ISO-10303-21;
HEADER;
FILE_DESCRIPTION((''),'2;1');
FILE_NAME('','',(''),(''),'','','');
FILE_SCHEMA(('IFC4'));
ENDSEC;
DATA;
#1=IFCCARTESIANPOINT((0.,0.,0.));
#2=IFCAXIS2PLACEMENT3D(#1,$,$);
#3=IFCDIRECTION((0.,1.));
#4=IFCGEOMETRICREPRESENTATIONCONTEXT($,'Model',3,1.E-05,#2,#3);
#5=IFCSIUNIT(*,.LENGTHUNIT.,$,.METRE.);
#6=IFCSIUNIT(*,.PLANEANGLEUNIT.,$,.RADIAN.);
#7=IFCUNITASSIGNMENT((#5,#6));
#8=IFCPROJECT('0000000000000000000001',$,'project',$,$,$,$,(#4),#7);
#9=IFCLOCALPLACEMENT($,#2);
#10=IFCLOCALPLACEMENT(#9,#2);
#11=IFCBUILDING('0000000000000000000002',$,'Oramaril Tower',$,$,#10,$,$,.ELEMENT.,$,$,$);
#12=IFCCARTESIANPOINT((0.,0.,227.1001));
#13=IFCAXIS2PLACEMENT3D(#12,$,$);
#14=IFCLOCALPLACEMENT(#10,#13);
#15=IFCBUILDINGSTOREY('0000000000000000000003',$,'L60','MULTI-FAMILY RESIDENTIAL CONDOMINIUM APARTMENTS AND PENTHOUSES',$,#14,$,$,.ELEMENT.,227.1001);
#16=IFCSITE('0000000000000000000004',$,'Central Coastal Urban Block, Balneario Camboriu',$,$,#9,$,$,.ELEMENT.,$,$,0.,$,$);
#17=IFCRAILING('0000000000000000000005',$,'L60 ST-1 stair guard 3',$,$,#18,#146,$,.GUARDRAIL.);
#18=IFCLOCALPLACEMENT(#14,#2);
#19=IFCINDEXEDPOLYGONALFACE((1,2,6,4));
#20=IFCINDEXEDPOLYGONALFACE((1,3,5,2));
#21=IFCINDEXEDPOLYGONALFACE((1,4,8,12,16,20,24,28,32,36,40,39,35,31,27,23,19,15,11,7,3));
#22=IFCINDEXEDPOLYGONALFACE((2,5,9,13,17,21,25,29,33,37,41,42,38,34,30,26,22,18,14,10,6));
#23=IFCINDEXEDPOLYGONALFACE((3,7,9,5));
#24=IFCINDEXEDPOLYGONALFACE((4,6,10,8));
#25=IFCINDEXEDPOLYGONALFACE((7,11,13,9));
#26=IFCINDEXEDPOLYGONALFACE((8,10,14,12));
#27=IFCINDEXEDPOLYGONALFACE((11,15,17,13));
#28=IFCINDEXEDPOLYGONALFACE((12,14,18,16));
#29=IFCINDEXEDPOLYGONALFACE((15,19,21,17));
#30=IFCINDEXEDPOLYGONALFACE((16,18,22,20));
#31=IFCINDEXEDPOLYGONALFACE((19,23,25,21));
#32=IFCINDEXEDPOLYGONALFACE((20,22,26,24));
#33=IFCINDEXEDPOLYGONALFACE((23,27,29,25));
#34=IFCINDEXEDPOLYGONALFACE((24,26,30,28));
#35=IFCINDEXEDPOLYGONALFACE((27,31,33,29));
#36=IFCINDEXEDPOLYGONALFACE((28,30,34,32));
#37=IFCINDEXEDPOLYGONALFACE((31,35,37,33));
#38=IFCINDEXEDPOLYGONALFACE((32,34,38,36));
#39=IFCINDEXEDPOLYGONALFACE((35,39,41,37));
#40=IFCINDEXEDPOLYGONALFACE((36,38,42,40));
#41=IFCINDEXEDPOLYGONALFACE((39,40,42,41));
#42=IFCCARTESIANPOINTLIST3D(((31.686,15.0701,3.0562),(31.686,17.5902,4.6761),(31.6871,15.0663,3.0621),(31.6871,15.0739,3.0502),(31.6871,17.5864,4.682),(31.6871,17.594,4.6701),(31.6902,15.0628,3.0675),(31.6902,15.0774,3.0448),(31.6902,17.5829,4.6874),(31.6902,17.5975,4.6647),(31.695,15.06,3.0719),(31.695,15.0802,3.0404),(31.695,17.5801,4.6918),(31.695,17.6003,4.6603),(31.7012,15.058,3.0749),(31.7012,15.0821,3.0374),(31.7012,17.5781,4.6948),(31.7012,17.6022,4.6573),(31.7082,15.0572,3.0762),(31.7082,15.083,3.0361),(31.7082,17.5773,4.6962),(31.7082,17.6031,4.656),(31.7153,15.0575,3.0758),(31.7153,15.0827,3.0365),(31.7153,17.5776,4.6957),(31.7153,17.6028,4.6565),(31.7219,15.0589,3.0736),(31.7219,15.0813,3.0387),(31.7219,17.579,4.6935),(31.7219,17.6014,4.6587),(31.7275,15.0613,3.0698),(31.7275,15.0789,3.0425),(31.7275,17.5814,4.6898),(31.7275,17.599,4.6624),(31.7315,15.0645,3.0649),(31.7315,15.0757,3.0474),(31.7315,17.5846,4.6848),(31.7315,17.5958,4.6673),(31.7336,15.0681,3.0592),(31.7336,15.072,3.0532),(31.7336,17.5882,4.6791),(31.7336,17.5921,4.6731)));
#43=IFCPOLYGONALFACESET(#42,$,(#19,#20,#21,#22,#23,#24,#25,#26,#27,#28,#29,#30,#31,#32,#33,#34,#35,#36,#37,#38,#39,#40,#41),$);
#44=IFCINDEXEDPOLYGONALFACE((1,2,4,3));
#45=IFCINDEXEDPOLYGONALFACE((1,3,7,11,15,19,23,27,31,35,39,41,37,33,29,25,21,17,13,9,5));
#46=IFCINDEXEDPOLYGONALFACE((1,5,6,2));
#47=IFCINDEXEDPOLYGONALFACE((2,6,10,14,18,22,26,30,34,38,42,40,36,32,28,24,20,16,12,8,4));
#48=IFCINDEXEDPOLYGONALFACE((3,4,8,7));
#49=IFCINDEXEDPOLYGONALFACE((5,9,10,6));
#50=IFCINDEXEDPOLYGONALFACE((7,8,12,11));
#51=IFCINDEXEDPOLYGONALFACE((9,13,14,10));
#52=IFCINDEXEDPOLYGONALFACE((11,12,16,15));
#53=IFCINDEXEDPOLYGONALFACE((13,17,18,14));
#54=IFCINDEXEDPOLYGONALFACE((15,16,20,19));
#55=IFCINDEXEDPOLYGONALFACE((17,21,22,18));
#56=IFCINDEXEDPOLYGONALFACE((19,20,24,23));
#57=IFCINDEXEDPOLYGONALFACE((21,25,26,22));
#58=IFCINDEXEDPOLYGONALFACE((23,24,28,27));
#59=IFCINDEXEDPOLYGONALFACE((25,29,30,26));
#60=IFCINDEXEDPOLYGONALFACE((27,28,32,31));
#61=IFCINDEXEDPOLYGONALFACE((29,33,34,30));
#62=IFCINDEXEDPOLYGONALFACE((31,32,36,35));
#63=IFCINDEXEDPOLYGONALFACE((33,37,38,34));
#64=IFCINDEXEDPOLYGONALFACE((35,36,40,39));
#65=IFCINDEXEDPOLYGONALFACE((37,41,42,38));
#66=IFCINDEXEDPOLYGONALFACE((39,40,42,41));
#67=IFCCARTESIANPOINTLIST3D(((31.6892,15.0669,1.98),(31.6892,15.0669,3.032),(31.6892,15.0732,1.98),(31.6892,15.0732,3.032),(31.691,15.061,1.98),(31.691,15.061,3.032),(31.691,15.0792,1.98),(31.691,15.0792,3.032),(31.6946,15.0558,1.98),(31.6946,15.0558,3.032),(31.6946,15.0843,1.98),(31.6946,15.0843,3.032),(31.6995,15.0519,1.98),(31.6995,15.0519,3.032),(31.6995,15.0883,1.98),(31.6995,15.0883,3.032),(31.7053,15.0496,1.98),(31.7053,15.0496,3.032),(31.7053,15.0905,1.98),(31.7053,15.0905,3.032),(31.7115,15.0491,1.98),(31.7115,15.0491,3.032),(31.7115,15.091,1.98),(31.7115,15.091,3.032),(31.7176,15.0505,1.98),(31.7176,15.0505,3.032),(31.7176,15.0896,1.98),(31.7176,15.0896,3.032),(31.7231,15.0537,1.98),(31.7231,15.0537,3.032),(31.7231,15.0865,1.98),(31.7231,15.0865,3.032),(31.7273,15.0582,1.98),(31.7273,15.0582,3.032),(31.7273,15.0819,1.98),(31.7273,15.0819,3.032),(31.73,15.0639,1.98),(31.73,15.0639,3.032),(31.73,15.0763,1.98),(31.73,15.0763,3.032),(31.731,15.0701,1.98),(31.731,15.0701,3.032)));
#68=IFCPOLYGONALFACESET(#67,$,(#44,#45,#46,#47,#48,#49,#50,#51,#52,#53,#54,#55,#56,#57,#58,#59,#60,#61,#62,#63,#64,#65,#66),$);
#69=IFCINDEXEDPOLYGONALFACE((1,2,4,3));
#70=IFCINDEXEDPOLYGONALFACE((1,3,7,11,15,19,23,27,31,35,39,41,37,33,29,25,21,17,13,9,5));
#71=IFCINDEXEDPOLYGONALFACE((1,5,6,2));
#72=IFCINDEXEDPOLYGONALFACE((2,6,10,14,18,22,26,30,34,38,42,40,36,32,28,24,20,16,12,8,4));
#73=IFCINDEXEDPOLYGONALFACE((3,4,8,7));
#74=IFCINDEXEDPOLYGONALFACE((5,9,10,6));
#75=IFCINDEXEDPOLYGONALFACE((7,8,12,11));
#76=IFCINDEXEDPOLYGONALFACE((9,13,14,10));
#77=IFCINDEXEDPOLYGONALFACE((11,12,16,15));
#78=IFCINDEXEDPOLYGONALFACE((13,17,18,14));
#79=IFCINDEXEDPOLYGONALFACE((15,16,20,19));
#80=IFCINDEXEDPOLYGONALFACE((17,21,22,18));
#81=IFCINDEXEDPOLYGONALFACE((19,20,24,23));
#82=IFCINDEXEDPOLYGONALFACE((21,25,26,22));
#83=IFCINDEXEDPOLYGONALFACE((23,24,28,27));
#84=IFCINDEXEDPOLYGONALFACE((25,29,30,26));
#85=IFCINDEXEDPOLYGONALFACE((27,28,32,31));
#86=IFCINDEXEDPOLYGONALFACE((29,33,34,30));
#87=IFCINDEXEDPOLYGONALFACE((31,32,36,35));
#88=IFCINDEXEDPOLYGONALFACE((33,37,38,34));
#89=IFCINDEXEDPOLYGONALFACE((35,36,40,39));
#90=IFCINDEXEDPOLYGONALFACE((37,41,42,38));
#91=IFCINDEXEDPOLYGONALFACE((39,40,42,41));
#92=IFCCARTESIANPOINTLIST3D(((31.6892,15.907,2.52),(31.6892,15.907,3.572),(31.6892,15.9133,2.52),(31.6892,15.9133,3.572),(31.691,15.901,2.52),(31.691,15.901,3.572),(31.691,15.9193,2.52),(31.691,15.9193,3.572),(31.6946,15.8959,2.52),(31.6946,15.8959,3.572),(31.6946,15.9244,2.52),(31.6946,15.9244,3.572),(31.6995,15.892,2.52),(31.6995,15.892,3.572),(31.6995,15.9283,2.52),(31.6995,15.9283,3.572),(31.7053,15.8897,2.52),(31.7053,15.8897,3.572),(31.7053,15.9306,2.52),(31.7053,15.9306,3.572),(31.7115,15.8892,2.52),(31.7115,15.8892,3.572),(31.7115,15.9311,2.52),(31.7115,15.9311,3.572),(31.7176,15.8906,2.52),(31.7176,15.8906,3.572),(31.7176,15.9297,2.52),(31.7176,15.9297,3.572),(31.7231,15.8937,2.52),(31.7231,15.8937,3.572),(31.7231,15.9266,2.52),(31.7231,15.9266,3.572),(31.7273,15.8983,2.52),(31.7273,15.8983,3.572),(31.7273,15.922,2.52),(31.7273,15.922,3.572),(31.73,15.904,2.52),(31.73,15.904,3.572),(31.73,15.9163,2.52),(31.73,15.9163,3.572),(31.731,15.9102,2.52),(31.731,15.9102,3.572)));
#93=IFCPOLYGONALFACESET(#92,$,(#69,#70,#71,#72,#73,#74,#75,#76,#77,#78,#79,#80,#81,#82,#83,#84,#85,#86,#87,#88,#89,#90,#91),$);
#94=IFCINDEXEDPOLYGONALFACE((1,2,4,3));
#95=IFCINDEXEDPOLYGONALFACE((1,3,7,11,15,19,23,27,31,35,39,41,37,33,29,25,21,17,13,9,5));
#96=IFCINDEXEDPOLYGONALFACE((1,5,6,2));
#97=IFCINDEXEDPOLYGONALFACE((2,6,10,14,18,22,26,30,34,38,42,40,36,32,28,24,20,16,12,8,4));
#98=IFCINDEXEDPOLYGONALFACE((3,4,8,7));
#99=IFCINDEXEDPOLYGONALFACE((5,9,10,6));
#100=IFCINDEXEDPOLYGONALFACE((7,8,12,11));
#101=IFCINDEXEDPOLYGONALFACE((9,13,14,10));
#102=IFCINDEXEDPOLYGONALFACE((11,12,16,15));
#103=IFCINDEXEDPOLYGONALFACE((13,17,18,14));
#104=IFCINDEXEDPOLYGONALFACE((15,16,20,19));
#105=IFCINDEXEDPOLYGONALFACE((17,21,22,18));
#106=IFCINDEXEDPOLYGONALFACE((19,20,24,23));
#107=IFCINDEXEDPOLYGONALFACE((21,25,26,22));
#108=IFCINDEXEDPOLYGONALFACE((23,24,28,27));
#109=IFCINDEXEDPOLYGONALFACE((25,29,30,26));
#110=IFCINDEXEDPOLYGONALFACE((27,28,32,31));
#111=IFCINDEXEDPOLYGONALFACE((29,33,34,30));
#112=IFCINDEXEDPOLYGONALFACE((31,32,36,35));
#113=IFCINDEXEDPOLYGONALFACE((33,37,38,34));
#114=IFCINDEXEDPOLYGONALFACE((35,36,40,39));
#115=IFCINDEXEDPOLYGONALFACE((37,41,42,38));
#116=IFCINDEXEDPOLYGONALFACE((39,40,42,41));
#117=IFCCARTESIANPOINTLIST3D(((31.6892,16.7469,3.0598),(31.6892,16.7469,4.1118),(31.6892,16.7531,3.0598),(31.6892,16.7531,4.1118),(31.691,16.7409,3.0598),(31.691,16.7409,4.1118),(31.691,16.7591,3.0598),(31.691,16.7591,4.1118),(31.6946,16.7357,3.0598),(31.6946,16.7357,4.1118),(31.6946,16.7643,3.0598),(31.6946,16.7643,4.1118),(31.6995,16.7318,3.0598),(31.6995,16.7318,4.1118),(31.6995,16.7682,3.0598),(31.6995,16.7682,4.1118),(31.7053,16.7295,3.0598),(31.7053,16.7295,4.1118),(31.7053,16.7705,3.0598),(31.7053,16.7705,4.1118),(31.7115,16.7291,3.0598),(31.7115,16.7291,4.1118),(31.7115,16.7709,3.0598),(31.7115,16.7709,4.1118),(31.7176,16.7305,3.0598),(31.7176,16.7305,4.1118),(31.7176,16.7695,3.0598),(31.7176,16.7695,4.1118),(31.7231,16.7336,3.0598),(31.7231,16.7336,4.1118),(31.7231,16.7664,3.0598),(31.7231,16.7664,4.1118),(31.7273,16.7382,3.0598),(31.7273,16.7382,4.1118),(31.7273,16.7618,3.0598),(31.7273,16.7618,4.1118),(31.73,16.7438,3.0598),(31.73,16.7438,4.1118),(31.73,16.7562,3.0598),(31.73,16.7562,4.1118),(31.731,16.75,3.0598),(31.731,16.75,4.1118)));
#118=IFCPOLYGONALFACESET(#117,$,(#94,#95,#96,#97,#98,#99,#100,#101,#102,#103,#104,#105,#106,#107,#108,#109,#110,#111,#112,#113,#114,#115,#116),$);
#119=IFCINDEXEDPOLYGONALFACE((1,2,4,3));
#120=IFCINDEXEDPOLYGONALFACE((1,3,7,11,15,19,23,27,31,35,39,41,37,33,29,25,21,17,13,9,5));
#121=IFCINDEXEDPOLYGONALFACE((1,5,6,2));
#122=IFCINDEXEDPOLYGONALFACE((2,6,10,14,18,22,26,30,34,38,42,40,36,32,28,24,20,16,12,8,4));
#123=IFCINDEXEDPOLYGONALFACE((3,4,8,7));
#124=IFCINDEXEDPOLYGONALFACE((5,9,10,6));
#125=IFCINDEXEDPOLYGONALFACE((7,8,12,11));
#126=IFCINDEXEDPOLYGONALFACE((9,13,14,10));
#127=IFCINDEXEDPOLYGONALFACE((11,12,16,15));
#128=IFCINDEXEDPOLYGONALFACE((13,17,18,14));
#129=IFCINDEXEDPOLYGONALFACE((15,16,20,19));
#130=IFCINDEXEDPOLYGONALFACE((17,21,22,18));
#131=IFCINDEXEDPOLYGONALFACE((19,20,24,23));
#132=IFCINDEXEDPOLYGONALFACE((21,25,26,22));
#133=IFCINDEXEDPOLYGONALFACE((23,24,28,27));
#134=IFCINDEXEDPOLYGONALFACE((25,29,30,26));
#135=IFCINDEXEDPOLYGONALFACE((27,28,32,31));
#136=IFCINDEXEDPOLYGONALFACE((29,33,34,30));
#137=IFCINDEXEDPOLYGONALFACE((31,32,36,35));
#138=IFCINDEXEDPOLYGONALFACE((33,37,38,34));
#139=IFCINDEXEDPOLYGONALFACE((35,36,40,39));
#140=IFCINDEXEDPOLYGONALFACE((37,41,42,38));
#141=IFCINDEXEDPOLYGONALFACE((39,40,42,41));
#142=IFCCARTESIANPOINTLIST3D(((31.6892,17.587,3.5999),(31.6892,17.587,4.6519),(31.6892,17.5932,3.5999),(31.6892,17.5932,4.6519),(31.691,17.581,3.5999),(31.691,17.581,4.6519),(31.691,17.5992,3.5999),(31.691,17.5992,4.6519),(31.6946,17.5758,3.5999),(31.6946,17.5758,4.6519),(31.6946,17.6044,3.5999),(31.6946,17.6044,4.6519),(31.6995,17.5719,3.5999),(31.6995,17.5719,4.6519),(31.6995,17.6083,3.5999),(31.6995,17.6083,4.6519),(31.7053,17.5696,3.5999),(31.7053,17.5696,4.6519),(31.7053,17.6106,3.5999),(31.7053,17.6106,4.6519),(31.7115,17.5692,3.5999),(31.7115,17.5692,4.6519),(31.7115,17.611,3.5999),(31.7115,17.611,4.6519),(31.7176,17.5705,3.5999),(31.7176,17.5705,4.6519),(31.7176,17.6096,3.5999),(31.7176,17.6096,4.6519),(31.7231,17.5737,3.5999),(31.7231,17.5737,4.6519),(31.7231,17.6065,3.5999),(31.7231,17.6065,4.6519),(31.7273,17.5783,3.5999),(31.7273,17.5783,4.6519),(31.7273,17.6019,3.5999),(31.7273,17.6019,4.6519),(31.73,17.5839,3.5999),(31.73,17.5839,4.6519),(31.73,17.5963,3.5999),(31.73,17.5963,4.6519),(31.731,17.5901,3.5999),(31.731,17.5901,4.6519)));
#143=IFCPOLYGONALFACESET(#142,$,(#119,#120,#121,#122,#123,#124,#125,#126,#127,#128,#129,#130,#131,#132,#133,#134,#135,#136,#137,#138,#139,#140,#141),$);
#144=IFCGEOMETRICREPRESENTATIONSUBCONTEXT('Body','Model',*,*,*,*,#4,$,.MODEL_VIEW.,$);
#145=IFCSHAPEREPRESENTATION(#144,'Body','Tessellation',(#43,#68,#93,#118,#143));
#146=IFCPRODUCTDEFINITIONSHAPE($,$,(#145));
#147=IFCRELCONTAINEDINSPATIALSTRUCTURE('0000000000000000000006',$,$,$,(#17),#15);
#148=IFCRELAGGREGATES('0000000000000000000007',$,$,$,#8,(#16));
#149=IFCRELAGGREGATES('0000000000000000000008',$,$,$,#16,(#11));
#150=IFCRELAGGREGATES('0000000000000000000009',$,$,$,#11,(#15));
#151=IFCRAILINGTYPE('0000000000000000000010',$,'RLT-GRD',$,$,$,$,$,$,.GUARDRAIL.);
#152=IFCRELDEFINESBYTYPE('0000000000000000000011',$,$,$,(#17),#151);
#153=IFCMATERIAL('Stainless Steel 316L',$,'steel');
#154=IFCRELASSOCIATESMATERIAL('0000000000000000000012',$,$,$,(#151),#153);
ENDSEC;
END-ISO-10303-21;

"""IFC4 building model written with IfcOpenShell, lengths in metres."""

from ifc_helpers import new_model, si_unit, direction, frame, origin, origin_2d, place, context, subcontext, project, spatial, circle, extrude, material, type_object, element, save


model = new_model("IFC4")

# Units and contexts
model_context = context("Model", 3, precision=1e-05, world=origin(), true_north=direction((0.0, 1.0)))
body_context = subcontext(model_context, "Body", "Model", "MODEL_VIEW")
ifc_project = project(units=[si_unit("LENGTHUNIT", "METRE"), si_unit("PLANEANGLEUNIT", "RADIAN")], contexts=[model_context])

# Site, building, storey
site_placement = place(None, origin())
site = spatial("IfcSite", under=ifc_project, at=site_placement, Name="Central Coastal Urban Block, Balneario Camboriu", CompositionType="ELEMENT", RefElevation=0.0)
building_placement = place(site_placement, origin())
building = spatial("IfcBuilding", under=site, at=building_placement, Name="Oramaril Tower", CompositionType="ELEMENT")
storey_placement = place(building_placement, frame((0.0, 0.0, 227.1001)))
storey = spatial("IfcBuildingStorey", under=building, at=storey_placement, Name="L60", Description="MULTI-FAMILY RESIDENTIAL CONDOMINIUM APARTMENTS AND PENTHOUSES", CompositionType="ELEMENT", Elevation=227.1001)

# Railing
ifc_material_1 = material(Name="Stainless Steel 316L", Category="steel")
railing_type_1 = type_object("IfcRailingType", Name="RLT-GRD", PredefinedType="GUARDRAIL", material=ifc_material_1)
railing_1_placement = place(storey_placement, frame((31.71, 15.0701, 1.98)))
element("IfcRailing", 1, at=railing_1_placement, inside=storey, type_object=railing_type_1, Name="L60 ST-1 stair guard 3", PredefinedType="GUARDRAIL", context=body_context, shape_type="SweptSolid", body=[
    extrude(circle(Radius=0.0239, at=origin_2d()), frame((0.0, 0.0, 1.0762), z_axis=(0.0, 0.8412, 0.540725), x_axis=(-1.0, 0.0, 0.0)), (0.0, 0.0, 1.0), 2.9958),
    extrude(circle(Radius=0.021, at=origin_2d()), origin(), (0.0, 0.0, 1.0), 1.052),
    extrude(circle(Radius=0.021, at=origin_2d()), frame((0.0, 0.8401, 0.54)), (0.0, 0.0, 1.0), 1.052),
    extrude(circle(Radius=0.021, at=origin_2d()), frame((0.0, 1.6799, 1.0798)), (0.0, 0.0, 1.0), 1.052),
    extrude(circle(Radius=0.021, at=origin_2d()), frame((0.0, 2.52, 1.6199)), (0.0, 0.0, 1.0), 1.052),
])

save(model, "model.ifc")
